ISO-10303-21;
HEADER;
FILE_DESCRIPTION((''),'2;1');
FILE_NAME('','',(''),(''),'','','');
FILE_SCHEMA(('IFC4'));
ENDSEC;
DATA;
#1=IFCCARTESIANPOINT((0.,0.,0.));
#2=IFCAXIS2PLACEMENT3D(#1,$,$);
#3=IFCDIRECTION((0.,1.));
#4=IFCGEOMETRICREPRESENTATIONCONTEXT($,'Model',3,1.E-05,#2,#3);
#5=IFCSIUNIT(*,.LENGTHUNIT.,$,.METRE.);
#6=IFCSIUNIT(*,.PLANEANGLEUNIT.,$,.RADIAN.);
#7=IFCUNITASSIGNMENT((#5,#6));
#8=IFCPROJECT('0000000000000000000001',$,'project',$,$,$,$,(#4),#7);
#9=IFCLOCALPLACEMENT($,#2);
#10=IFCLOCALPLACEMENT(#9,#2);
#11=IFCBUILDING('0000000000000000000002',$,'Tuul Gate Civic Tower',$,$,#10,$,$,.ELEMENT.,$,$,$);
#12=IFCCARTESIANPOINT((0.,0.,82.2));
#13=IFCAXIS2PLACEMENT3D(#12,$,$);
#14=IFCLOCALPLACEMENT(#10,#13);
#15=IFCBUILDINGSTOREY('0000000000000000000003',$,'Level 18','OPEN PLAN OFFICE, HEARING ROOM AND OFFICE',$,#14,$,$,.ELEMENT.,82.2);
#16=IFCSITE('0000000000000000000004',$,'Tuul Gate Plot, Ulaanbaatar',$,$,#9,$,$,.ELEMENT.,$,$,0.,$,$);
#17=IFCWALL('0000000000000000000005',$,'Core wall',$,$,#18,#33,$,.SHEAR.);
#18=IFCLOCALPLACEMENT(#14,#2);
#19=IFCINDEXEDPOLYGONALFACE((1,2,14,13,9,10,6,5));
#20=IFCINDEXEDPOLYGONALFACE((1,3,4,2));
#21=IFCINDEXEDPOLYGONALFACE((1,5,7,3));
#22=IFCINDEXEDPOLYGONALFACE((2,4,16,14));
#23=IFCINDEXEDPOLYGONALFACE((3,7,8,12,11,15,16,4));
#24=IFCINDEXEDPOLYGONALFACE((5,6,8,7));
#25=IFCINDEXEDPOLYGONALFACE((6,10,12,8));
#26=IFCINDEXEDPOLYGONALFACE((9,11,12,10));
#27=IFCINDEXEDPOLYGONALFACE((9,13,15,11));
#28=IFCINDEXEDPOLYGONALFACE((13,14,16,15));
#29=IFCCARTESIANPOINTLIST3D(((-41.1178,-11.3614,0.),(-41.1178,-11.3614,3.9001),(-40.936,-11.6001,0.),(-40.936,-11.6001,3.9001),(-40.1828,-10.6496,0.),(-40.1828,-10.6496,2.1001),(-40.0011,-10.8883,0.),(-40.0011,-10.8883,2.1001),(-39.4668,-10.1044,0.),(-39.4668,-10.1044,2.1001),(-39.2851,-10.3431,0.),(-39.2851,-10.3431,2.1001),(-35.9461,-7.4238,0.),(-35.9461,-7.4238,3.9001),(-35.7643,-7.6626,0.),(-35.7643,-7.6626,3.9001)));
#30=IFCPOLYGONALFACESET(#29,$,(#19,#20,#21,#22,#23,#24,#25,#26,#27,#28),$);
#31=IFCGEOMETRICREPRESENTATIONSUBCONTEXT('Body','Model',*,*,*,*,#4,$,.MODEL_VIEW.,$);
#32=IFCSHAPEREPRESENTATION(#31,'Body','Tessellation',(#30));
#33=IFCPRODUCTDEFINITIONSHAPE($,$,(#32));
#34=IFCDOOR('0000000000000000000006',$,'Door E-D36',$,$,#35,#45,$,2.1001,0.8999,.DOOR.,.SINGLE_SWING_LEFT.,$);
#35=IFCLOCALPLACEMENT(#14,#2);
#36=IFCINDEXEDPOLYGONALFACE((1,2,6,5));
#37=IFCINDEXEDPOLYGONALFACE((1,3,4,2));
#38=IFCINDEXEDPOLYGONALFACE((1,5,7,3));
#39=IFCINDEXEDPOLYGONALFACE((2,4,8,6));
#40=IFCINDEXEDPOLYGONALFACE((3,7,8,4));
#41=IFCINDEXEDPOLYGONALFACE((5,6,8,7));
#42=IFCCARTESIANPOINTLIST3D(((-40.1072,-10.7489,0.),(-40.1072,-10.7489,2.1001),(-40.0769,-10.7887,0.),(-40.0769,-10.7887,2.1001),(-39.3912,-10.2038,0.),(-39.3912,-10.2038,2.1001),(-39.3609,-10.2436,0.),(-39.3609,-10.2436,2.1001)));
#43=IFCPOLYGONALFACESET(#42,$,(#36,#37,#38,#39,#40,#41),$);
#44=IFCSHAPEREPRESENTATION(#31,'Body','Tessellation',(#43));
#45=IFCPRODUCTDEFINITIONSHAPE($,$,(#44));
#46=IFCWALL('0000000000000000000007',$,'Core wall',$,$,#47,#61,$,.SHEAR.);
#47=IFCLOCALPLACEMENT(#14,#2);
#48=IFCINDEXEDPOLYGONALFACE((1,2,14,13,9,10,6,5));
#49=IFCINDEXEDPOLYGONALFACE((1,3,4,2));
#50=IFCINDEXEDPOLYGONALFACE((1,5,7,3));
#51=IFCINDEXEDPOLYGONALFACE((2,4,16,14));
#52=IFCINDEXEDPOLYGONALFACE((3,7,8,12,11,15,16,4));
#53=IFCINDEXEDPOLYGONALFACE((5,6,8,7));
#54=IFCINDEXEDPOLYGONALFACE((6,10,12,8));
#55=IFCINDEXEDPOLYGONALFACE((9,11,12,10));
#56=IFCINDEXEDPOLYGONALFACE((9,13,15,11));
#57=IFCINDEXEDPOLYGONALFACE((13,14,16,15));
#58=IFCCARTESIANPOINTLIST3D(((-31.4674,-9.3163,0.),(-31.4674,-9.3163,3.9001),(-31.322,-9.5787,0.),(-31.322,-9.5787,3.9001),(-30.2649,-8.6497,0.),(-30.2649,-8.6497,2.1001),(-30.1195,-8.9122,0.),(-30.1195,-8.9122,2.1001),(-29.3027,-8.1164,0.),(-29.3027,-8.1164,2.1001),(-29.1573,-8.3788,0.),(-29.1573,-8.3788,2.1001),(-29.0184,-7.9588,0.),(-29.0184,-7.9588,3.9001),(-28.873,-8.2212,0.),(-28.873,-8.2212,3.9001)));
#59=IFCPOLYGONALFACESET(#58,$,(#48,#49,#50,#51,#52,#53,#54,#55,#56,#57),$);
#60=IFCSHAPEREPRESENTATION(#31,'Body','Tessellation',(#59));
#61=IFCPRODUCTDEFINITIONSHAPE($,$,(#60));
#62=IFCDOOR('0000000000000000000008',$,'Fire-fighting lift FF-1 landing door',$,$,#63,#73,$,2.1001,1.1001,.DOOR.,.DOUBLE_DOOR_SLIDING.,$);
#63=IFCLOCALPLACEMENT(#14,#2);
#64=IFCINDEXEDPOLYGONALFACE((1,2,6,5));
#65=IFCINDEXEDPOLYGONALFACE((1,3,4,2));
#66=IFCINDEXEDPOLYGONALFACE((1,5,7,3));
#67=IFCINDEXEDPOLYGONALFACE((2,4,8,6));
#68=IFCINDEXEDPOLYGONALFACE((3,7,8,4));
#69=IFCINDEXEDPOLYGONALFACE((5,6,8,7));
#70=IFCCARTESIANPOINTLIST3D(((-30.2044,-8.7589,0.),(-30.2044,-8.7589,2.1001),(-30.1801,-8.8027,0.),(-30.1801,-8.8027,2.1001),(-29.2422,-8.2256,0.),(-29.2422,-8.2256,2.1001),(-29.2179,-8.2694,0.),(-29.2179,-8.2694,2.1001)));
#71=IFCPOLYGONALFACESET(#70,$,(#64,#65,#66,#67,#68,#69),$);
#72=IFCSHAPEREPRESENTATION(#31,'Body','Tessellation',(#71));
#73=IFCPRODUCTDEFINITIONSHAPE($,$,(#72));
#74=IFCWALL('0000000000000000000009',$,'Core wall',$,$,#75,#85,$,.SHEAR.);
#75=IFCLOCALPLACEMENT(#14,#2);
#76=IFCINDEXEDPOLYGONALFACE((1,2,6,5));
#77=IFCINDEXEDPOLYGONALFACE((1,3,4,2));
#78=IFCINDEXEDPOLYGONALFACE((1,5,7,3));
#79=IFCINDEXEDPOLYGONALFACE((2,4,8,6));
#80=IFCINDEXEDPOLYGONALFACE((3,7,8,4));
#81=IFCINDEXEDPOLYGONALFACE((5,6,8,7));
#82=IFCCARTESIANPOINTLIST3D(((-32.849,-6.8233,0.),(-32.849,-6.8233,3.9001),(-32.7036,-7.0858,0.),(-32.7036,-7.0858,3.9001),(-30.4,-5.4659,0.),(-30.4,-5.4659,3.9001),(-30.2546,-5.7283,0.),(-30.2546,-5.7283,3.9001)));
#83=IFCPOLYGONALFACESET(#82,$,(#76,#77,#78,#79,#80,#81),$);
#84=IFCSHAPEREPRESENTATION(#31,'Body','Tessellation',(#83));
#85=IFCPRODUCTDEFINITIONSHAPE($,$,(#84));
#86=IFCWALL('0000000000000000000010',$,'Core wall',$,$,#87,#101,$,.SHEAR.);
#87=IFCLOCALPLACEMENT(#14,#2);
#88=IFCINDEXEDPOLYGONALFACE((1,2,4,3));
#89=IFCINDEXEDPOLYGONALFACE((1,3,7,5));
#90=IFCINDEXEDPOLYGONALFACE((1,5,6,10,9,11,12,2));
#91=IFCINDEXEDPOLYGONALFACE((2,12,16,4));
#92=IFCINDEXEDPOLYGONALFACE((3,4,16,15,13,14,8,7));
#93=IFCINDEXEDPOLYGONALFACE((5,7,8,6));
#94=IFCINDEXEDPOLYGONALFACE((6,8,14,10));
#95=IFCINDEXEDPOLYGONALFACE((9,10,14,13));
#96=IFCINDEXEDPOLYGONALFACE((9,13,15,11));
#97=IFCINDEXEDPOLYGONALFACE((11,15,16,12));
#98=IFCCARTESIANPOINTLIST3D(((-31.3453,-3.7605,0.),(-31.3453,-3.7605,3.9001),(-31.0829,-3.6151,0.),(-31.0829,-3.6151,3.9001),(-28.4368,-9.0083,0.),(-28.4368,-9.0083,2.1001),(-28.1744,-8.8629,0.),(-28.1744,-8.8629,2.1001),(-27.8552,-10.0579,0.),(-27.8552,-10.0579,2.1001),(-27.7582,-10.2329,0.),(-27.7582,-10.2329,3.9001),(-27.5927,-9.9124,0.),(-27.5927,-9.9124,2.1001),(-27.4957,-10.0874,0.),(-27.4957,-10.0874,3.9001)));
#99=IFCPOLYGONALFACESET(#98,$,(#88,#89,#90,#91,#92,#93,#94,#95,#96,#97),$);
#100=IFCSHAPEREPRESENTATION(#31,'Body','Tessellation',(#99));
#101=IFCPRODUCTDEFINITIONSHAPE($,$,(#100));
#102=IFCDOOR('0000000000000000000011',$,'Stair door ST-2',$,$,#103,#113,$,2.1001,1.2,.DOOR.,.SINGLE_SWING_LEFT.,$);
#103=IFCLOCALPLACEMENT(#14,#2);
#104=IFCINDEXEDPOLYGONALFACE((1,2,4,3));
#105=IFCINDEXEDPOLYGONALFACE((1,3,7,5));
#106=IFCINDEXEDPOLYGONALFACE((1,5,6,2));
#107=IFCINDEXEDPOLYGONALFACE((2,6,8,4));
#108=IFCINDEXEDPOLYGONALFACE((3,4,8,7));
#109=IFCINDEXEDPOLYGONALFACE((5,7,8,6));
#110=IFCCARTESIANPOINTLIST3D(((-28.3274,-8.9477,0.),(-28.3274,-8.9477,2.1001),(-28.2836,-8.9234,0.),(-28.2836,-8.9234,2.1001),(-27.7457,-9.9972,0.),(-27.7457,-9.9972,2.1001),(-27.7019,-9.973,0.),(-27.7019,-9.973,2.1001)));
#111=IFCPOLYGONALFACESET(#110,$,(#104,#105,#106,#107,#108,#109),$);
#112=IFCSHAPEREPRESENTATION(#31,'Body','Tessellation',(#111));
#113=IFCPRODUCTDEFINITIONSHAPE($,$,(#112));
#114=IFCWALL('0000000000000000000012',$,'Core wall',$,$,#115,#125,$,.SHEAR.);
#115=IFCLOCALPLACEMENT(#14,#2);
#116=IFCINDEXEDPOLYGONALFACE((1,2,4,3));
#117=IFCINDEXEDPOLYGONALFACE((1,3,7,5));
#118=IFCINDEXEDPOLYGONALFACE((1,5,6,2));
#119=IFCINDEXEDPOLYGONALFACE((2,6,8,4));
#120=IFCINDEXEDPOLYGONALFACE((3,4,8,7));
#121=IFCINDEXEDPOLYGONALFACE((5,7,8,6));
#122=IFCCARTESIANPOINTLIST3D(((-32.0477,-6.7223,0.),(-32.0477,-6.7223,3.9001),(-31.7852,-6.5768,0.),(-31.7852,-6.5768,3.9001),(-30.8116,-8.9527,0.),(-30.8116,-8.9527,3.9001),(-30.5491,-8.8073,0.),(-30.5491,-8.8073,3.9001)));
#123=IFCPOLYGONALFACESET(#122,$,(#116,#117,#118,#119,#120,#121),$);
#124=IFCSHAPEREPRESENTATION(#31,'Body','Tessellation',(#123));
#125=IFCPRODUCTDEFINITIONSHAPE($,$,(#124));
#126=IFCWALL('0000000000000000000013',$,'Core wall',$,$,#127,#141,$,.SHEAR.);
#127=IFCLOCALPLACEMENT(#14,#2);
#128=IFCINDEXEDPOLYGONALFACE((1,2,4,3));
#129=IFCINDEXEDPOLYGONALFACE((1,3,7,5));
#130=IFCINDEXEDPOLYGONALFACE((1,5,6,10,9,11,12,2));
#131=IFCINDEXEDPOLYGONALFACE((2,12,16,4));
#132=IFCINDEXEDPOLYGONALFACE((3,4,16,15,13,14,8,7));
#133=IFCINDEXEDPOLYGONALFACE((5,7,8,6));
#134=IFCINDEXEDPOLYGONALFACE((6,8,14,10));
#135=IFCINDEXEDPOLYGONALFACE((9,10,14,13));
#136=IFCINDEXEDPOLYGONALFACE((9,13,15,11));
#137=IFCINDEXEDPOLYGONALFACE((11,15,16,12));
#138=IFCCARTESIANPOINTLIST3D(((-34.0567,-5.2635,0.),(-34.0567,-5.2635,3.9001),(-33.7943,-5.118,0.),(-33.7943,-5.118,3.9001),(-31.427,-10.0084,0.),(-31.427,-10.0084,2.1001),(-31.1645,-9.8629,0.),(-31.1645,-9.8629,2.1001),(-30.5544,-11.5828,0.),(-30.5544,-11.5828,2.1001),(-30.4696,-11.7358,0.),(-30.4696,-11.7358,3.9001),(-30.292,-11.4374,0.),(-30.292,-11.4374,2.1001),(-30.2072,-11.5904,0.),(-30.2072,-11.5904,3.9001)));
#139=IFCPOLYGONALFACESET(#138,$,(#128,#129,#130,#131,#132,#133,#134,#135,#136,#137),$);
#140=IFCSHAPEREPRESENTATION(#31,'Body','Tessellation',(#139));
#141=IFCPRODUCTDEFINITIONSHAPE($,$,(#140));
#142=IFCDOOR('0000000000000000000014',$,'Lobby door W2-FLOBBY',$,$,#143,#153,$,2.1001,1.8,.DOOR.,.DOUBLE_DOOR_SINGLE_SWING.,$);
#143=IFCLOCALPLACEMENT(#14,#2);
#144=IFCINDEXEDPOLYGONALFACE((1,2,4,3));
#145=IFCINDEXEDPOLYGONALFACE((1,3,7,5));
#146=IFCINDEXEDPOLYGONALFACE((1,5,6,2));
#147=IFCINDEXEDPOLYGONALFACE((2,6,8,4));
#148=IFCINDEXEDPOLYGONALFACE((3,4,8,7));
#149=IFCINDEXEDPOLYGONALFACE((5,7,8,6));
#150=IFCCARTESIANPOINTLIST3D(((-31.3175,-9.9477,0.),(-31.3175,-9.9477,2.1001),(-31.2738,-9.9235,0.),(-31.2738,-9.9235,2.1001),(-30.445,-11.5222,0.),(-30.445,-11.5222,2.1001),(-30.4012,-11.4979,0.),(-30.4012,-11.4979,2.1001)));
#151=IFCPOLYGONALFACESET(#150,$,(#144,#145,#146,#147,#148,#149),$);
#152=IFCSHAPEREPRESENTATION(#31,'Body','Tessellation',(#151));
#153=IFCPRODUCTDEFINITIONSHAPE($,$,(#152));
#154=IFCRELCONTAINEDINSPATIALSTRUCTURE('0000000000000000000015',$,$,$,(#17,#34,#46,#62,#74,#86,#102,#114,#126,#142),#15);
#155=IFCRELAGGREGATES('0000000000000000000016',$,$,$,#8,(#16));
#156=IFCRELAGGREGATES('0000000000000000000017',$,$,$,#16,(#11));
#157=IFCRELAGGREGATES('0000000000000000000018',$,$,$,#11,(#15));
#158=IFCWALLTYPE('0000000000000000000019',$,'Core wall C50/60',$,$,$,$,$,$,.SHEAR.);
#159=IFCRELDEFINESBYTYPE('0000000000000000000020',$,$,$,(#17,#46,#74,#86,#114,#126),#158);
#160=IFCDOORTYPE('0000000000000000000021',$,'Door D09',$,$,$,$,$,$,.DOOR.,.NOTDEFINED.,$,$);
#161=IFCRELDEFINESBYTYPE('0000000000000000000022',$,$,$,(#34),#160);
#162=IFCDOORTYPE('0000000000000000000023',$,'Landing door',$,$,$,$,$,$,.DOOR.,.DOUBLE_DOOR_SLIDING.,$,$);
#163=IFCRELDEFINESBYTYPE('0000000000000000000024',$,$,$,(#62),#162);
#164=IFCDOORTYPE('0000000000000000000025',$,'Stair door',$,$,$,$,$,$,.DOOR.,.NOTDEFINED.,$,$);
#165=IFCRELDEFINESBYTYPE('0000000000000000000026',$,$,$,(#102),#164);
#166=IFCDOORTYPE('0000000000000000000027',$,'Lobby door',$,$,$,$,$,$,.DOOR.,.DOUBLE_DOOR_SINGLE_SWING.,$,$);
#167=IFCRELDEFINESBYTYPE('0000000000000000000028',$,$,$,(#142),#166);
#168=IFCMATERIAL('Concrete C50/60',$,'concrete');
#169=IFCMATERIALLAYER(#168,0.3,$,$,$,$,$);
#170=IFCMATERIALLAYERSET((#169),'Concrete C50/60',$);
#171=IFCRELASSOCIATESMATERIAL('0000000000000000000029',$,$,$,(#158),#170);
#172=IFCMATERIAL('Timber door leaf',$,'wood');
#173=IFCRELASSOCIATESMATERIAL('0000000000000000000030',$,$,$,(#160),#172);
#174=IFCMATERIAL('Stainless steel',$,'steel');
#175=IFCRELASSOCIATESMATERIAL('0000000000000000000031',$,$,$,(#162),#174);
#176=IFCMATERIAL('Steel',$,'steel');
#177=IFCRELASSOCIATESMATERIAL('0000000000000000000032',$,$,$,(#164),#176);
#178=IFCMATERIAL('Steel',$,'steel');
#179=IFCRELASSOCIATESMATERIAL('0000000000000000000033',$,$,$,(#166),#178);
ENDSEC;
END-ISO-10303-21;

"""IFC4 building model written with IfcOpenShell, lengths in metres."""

from ifc_helpers import new_model, si_unit, direction, frame, frame_2d, origin, place, context, subcontext, project, spatial, rectangle, extrude, material, layer, layer_set, type_object, element, fill, save


model = new_model("IFC4")

# Units and contexts
model_context = context("Model", 3, precision=1e-05, world=origin(), true_north=direction((0.0, 1.0)))
body_context = subcontext(model_context, "Body", "Model", "MODEL_VIEW")
ifc_project = project(units=[si_unit("LENGTHUNIT", "METRE"), si_unit("PLANEANGLEUNIT", "RADIAN")], contexts=[model_context])

# Site, building, storey
site_placement = place(None, origin())
site = spatial("IfcSite", under=ifc_project, at=site_placement, Name="Tuul Gate Plot, Ulaanbaatar", CompositionType="ELEMENT", RefElevation=0.0)
building_placement = place(site_placement, origin())
building = spatial("IfcBuilding", under=site, at=building_placement, Name="Tuul Gate Civic Tower", CompositionType="ELEMENT")
storey_placement = place(building_placement, frame((0.0, 0.0, 82.2)))
storey = spatial("IfcBuildingStorey", under=building, at=storey_placement, Name="Level 18", Description="OPEN PLAN OFFICE, HEARING ROOM AND OFFICE", CompositionType="ELEMENT", Elevation=82.2)

# Walls, openings, doors
ifc_material_1 = material(Name="Concrete C50/60", Category="concrete")
ifc_layer = layer(ifc_material_1, 0.3)
ifc_layer_set = layer_set([ifc_layer], Name="Concrete C50/60")
wall_type = type_object("IfcWallType", Name="Core wall C50/60", PredefinedType="SHEAR", material=ifc_layer_set)
wall_1_placement = place(storey_placement, frame((-35.8552, -7.5432, 0.0), z_axis=(0.0, 0.0, 1.0), x_axis=(-0.795639, -0.605772, 0.0)))
wall_1 = element("IfcWall", 1, at=wall_1_placement, inside=storey, type_object=wall_type, Name="Core wall", PredefinedType="SHEAR", context=body_context, shape_type="SweptSolid", body=[
    extrude(rectangle(XDim=6.5, YDim=0.3, at=frame_2d((3.25, 0.0))), origin(), (0.0, 0.0, 1.0), 3.9001),
])
opening_1_placement = place(wall_1_placement, frame((4.425, 0.0, 0.0)))
opening_1 = element("IfcOpeningElement", 2, at=opening_1_placement, cuts=wall_1, PredefinedType="OPENING", context=body_context, shape_type="SweptSolid", body=[
    extrude(rectangle(XDim=0.8999, YDim=2.1001, at=frame_2d((0.45, 1.05))), frame((0.0, 0.1602, 0.0), z_axis=(0.0, -1.0, 0.0), x_axis=(1.0, 0.0, 0.0)), (0.0, 0.0, 1.0), 0.3201),
])
ifc_material_2 = material(Name="Timber door leaf", Category="wood")
door_type_1 = type_object("IfcDoorType", Name="Door D09", OperationType="NOTDEFINED", PredefinedType="DOOR", material=ifc_material_2)
door_1_placement = place(opening_1_placement, origin())
door_1 = element("IfcDoor", 3, at=door_1_placement, inside=storey, type_object=door_type_1, Name="Door E-D36", OperationType="SINGLE_SWING_LEFT", OverallHeight=2.1001, OverallWidth=0.8999, PredefinedType="DOOR", context=body_context, shape_type="SweptSolid", body=[
    extrude(rectangle(XDim=0.8999, YDim=2.1001, at=frame_2d((0.45, 1.05))), frame((0.0, 0.0249, 0.0), z_axis=(0.0, -1.0, 0.0), x_axis=(1.0, 0.0, 0.0)), (0.0, 0.0, 1.0), 0.05),
])
fill(opening_1, door_1)
wall_2_placement = place(storey_placement, frame((-28.9458, -8.0901, 0.0), z_axis=(0.0, 0.0, 1.0), x_axis=(-0.87463, -0.484791, 0.0)))
wall_2 = element("IfcWall", 4, at=wall_2_placement, inside=storey, type_object=wall_type, Name="Core wall", PredefinedType="SHEAR", context=body_context, shape_type="SweptSolid", body=[
    extrude(rectangle(XDim=2.8, YDim=0.3, at=frame_2d((1.3999, 0.0))), origin(), (0.0, 0.0, 1.0), 3.9001),
])
opening_2_placement = place(wall_2_placement, frame((0.325, 0.0, 0.0)))
opening_2 = element("IfcOpeningElement", 5, at=opening_2_placement, cuts=wall_2, PredefinedType="OPENING", context=body_context, shape_type="SweptSolid", body=[
    extrude(rectangle(XDim=1.1001, YDim=2.1001, at=frame_2d((0.55, 1.05))), frame((0.0, 0.1602, 0.0), z_axis=(0.0, -1.0, 0.0), x_axis=(1.0, 0.0, 0.0)), (0.0, 0.0, 1.0), 0.3201),
])
ifc_material_3 = material(Name="Stainless steel", Category="steel")
door_type_2 = type_object("IfcDoorType", Name="Landing door", OperationType="DOUBLE_DOOR_SLIDING", PredefinedType="DOOR", material=ifc_material_3)
door_2_placement = place(opening_2_placement, origin())
door_2 = element("IfcDoor", 6, at=door_2_placement, inside=storey, type_object=door_type_2, Name="Fire-fighting lift FF-1 landing door", OperationType="DOUBLE_DOOR_SLIDING", OverallHeight=2.1001, OverallWidth=1.1001, PredefinedType="DOOR", context=body_context, shape_type="SweptSolid", body=[
    extrude(rectangle(XDim=1.1001, YDim=2.1001, at=frame_2d((0.55, 1.05))), frame((0.0, 0.0249, 0.0), z_axis=(0.0, -1.0, 0.0), x_axis=(1.0, 0.0, 0.0)), (0.0, 0.0, 1.0), 0.05),
])
fill(opening_2, door_2)

# Wall
wall_3_placement = place(storey_placement, frame((-30.3274, -5.5972, 0.0), z_axis=(0.0, 0.0, 1.0), x_axis=(-0.87463, -0.484791, 0.0)))
element("IfcWall", 7, at=wall_3_placement, inside=storey, type_object=wall_type, Name="Core wall", PredefinedType="SHEAR", context=body_context, shape_type="SweptSolid", body=[
    extrude(rectangle(XDim=2.8, YDim=0.3, at=frame_2d((1.3999, 0.0))), origin(), (0.0, 0.0, 1.0), 3.9001),
])

# Wall, opening, door
wall_4_placement = place(storey_placement, frame((-27.627, -10.1602, 0.0), z_axis=(0.0, 0.0, 1.0), x_axis=(-0.484752, 0.874652, 0.0)))
wall_4 = element("IfcWall", 8, at=wall_4_placement, inside=storey, type_object=wall_type, Name="Core wall", PredefinedType="SHEAR", context=body_context, shape_type="SweptSolid", body=[
    extrude(rectangle(XDim=7.3999, YDim=0.3, at=frame_2d((3.7, 0.0))), origin(), (0.0, 0.0, 1.0), 3.9001),
])
opening_3_placement = place(wall_4_placement, frame((0.2, 0.0, 0.0)))
opening_3 = element("IfcOpeningElement", 9, at=opening_3_placement, cuts=wall_4, PredefinedType="OPENING", context=body_context, shape_type="SweptSolid", body=[
    extrude(rectangle(XDim=1.2, YDim=2.1001, at=frame_2d((0.6001, 1.05))), frame((0.0, 0.1602, 0.0), z_axis=(0.0, -1.0, 0.0), x_axis=(1.0, 0.0, 0.0)), (0.0, 0.0, 1.0), 0.3201),
])
ifc_material_4 = material(Name="Steel", Category="steel")
door_type_3 = type_object("IfcDoorType", Name="Stair door", OperationType="NOTDEFINED", PredefinedType="DOOR", material=ifc_material_4)
door_3_placement = place(opening_3_placement, origin())
door_3 = element("IfcDoor", 10, at=door_3_placement, inside=storey, type_object=door_type_3, Name="Stair door ST-2", OperationType="SINGLE_SWING_LEFT", OverallHeight=2.1001, OverallWidth=1.2, PredefinedType="DOOR", context=body_context, shape_type="SweptSolid", body=[
    extrude(rectangle(XDim=1.2, YDim=2.1001, at=frame_2d((0.6001, 1.05))), frame((0.0, 0.0249, 0.0), z_axis=(0.0, -1.0, 0.0), x_axis=(1.0, 0.0, 0.0)), (0.0, 0.0, 1.0), 0.05),
])
fill(opening_3, door_3)

# Wall
wall_5_placement = place(storey_placement, frame((-30.6804, -8.8799, 0.0), z_axis=(0.0, 0.0, 1.0), x_axis=(-0.484724, 0.874667, 0.0)))
element("IfcWall", 11, at=wall_5_placement, inside=storey, type_object=wall_type, Name="Core wall", PredefinedType="SHEAR", context=body_context, shape_type="SweptSolid", body=[
    extrude(rectangle(XDim=2.55, YDim=0.3, at=frame_2d((1.2749, 0.0))), origin(), (0.0, 0.0, 1.0), 3.9001),
])

# Wall, opening, door
wall_6_placement = place(storey_placement, frame((-30.3384, -11.6631, 0.0), z_axis=(0.0, 0.0, 1.0), x_axis=(-0.484752, 0.874652, 0.0)))
wall_6 = element("IfcWall", 12, at=wall_6_placement, inside=storey, type_object=wall_type, Name="Core wall", PredefinedType="SHEAR", context=body_context, shape_type="SweptSolid", body=[
    extrude(rectangle(XDim=7.3999, YDim=0.3, at=frame_2d((3.7, 0.0))), origin(), (0.0, 0.0, 1.0), 3.9001),
])
opening_4_placement = place(wall_6_placement, frame((0.175, 0.0, 0.0)))
opening_4 = element("IfcOpeningElement", 13, at=opening_4_placement, cuts=wall_6, PredefinedType="OPENING", context=body_context, shape_type="SweptSolid", body=[
    extrude(rectangle(XDim=1.8, YDim=2.1001, at=frame_2d((0.8999, 1.05))), frame((0.0, 0.1602, 0.0), z_axis=(0.0, -1.0, 0.0), x_axis=(1.0, 0.0, 0.0)), (0.0, 0.0, 1.0), 0.3201),
])
ifc_material_5 = material(Name="Steel", Category="steel")
door_type_4 = type_object("IfcDoorType", Name="Lobby door", OperationType="DOUBLE_DOOR_SINGLE_SWING", PredefinedType="DOOR", material=ifc_material_5)
door_4_placement = place(opening_4_placement, origin())
door_4 = element("IfcDoor", 14, at=door_4_placement, inside=storey, type_object=door_type_4, Name="Lobby door W2-FLOBBY", OperationType="DOUBLE_DOOR_SINGLE_SWING", OverallHeight=2.1001, OverallWidth=1.8, PredefinedType="DOOR", context=body_context, shape_type="SweptSolid", body=[
    extrude(rectangle(XDim=1.8, YDim=2.1001, at=frame_2d((0.8999, 1.05))), frame((0.0, 0.0249, 0.0), z_axis=(0.0, -1.0, 0.0), x_axis=(1.0, 0.0, 0.0)), (0.0, 0.0, 1.0), 0.05),
])
fill(opening_4, door_4)

save(model, "model.ifc")
